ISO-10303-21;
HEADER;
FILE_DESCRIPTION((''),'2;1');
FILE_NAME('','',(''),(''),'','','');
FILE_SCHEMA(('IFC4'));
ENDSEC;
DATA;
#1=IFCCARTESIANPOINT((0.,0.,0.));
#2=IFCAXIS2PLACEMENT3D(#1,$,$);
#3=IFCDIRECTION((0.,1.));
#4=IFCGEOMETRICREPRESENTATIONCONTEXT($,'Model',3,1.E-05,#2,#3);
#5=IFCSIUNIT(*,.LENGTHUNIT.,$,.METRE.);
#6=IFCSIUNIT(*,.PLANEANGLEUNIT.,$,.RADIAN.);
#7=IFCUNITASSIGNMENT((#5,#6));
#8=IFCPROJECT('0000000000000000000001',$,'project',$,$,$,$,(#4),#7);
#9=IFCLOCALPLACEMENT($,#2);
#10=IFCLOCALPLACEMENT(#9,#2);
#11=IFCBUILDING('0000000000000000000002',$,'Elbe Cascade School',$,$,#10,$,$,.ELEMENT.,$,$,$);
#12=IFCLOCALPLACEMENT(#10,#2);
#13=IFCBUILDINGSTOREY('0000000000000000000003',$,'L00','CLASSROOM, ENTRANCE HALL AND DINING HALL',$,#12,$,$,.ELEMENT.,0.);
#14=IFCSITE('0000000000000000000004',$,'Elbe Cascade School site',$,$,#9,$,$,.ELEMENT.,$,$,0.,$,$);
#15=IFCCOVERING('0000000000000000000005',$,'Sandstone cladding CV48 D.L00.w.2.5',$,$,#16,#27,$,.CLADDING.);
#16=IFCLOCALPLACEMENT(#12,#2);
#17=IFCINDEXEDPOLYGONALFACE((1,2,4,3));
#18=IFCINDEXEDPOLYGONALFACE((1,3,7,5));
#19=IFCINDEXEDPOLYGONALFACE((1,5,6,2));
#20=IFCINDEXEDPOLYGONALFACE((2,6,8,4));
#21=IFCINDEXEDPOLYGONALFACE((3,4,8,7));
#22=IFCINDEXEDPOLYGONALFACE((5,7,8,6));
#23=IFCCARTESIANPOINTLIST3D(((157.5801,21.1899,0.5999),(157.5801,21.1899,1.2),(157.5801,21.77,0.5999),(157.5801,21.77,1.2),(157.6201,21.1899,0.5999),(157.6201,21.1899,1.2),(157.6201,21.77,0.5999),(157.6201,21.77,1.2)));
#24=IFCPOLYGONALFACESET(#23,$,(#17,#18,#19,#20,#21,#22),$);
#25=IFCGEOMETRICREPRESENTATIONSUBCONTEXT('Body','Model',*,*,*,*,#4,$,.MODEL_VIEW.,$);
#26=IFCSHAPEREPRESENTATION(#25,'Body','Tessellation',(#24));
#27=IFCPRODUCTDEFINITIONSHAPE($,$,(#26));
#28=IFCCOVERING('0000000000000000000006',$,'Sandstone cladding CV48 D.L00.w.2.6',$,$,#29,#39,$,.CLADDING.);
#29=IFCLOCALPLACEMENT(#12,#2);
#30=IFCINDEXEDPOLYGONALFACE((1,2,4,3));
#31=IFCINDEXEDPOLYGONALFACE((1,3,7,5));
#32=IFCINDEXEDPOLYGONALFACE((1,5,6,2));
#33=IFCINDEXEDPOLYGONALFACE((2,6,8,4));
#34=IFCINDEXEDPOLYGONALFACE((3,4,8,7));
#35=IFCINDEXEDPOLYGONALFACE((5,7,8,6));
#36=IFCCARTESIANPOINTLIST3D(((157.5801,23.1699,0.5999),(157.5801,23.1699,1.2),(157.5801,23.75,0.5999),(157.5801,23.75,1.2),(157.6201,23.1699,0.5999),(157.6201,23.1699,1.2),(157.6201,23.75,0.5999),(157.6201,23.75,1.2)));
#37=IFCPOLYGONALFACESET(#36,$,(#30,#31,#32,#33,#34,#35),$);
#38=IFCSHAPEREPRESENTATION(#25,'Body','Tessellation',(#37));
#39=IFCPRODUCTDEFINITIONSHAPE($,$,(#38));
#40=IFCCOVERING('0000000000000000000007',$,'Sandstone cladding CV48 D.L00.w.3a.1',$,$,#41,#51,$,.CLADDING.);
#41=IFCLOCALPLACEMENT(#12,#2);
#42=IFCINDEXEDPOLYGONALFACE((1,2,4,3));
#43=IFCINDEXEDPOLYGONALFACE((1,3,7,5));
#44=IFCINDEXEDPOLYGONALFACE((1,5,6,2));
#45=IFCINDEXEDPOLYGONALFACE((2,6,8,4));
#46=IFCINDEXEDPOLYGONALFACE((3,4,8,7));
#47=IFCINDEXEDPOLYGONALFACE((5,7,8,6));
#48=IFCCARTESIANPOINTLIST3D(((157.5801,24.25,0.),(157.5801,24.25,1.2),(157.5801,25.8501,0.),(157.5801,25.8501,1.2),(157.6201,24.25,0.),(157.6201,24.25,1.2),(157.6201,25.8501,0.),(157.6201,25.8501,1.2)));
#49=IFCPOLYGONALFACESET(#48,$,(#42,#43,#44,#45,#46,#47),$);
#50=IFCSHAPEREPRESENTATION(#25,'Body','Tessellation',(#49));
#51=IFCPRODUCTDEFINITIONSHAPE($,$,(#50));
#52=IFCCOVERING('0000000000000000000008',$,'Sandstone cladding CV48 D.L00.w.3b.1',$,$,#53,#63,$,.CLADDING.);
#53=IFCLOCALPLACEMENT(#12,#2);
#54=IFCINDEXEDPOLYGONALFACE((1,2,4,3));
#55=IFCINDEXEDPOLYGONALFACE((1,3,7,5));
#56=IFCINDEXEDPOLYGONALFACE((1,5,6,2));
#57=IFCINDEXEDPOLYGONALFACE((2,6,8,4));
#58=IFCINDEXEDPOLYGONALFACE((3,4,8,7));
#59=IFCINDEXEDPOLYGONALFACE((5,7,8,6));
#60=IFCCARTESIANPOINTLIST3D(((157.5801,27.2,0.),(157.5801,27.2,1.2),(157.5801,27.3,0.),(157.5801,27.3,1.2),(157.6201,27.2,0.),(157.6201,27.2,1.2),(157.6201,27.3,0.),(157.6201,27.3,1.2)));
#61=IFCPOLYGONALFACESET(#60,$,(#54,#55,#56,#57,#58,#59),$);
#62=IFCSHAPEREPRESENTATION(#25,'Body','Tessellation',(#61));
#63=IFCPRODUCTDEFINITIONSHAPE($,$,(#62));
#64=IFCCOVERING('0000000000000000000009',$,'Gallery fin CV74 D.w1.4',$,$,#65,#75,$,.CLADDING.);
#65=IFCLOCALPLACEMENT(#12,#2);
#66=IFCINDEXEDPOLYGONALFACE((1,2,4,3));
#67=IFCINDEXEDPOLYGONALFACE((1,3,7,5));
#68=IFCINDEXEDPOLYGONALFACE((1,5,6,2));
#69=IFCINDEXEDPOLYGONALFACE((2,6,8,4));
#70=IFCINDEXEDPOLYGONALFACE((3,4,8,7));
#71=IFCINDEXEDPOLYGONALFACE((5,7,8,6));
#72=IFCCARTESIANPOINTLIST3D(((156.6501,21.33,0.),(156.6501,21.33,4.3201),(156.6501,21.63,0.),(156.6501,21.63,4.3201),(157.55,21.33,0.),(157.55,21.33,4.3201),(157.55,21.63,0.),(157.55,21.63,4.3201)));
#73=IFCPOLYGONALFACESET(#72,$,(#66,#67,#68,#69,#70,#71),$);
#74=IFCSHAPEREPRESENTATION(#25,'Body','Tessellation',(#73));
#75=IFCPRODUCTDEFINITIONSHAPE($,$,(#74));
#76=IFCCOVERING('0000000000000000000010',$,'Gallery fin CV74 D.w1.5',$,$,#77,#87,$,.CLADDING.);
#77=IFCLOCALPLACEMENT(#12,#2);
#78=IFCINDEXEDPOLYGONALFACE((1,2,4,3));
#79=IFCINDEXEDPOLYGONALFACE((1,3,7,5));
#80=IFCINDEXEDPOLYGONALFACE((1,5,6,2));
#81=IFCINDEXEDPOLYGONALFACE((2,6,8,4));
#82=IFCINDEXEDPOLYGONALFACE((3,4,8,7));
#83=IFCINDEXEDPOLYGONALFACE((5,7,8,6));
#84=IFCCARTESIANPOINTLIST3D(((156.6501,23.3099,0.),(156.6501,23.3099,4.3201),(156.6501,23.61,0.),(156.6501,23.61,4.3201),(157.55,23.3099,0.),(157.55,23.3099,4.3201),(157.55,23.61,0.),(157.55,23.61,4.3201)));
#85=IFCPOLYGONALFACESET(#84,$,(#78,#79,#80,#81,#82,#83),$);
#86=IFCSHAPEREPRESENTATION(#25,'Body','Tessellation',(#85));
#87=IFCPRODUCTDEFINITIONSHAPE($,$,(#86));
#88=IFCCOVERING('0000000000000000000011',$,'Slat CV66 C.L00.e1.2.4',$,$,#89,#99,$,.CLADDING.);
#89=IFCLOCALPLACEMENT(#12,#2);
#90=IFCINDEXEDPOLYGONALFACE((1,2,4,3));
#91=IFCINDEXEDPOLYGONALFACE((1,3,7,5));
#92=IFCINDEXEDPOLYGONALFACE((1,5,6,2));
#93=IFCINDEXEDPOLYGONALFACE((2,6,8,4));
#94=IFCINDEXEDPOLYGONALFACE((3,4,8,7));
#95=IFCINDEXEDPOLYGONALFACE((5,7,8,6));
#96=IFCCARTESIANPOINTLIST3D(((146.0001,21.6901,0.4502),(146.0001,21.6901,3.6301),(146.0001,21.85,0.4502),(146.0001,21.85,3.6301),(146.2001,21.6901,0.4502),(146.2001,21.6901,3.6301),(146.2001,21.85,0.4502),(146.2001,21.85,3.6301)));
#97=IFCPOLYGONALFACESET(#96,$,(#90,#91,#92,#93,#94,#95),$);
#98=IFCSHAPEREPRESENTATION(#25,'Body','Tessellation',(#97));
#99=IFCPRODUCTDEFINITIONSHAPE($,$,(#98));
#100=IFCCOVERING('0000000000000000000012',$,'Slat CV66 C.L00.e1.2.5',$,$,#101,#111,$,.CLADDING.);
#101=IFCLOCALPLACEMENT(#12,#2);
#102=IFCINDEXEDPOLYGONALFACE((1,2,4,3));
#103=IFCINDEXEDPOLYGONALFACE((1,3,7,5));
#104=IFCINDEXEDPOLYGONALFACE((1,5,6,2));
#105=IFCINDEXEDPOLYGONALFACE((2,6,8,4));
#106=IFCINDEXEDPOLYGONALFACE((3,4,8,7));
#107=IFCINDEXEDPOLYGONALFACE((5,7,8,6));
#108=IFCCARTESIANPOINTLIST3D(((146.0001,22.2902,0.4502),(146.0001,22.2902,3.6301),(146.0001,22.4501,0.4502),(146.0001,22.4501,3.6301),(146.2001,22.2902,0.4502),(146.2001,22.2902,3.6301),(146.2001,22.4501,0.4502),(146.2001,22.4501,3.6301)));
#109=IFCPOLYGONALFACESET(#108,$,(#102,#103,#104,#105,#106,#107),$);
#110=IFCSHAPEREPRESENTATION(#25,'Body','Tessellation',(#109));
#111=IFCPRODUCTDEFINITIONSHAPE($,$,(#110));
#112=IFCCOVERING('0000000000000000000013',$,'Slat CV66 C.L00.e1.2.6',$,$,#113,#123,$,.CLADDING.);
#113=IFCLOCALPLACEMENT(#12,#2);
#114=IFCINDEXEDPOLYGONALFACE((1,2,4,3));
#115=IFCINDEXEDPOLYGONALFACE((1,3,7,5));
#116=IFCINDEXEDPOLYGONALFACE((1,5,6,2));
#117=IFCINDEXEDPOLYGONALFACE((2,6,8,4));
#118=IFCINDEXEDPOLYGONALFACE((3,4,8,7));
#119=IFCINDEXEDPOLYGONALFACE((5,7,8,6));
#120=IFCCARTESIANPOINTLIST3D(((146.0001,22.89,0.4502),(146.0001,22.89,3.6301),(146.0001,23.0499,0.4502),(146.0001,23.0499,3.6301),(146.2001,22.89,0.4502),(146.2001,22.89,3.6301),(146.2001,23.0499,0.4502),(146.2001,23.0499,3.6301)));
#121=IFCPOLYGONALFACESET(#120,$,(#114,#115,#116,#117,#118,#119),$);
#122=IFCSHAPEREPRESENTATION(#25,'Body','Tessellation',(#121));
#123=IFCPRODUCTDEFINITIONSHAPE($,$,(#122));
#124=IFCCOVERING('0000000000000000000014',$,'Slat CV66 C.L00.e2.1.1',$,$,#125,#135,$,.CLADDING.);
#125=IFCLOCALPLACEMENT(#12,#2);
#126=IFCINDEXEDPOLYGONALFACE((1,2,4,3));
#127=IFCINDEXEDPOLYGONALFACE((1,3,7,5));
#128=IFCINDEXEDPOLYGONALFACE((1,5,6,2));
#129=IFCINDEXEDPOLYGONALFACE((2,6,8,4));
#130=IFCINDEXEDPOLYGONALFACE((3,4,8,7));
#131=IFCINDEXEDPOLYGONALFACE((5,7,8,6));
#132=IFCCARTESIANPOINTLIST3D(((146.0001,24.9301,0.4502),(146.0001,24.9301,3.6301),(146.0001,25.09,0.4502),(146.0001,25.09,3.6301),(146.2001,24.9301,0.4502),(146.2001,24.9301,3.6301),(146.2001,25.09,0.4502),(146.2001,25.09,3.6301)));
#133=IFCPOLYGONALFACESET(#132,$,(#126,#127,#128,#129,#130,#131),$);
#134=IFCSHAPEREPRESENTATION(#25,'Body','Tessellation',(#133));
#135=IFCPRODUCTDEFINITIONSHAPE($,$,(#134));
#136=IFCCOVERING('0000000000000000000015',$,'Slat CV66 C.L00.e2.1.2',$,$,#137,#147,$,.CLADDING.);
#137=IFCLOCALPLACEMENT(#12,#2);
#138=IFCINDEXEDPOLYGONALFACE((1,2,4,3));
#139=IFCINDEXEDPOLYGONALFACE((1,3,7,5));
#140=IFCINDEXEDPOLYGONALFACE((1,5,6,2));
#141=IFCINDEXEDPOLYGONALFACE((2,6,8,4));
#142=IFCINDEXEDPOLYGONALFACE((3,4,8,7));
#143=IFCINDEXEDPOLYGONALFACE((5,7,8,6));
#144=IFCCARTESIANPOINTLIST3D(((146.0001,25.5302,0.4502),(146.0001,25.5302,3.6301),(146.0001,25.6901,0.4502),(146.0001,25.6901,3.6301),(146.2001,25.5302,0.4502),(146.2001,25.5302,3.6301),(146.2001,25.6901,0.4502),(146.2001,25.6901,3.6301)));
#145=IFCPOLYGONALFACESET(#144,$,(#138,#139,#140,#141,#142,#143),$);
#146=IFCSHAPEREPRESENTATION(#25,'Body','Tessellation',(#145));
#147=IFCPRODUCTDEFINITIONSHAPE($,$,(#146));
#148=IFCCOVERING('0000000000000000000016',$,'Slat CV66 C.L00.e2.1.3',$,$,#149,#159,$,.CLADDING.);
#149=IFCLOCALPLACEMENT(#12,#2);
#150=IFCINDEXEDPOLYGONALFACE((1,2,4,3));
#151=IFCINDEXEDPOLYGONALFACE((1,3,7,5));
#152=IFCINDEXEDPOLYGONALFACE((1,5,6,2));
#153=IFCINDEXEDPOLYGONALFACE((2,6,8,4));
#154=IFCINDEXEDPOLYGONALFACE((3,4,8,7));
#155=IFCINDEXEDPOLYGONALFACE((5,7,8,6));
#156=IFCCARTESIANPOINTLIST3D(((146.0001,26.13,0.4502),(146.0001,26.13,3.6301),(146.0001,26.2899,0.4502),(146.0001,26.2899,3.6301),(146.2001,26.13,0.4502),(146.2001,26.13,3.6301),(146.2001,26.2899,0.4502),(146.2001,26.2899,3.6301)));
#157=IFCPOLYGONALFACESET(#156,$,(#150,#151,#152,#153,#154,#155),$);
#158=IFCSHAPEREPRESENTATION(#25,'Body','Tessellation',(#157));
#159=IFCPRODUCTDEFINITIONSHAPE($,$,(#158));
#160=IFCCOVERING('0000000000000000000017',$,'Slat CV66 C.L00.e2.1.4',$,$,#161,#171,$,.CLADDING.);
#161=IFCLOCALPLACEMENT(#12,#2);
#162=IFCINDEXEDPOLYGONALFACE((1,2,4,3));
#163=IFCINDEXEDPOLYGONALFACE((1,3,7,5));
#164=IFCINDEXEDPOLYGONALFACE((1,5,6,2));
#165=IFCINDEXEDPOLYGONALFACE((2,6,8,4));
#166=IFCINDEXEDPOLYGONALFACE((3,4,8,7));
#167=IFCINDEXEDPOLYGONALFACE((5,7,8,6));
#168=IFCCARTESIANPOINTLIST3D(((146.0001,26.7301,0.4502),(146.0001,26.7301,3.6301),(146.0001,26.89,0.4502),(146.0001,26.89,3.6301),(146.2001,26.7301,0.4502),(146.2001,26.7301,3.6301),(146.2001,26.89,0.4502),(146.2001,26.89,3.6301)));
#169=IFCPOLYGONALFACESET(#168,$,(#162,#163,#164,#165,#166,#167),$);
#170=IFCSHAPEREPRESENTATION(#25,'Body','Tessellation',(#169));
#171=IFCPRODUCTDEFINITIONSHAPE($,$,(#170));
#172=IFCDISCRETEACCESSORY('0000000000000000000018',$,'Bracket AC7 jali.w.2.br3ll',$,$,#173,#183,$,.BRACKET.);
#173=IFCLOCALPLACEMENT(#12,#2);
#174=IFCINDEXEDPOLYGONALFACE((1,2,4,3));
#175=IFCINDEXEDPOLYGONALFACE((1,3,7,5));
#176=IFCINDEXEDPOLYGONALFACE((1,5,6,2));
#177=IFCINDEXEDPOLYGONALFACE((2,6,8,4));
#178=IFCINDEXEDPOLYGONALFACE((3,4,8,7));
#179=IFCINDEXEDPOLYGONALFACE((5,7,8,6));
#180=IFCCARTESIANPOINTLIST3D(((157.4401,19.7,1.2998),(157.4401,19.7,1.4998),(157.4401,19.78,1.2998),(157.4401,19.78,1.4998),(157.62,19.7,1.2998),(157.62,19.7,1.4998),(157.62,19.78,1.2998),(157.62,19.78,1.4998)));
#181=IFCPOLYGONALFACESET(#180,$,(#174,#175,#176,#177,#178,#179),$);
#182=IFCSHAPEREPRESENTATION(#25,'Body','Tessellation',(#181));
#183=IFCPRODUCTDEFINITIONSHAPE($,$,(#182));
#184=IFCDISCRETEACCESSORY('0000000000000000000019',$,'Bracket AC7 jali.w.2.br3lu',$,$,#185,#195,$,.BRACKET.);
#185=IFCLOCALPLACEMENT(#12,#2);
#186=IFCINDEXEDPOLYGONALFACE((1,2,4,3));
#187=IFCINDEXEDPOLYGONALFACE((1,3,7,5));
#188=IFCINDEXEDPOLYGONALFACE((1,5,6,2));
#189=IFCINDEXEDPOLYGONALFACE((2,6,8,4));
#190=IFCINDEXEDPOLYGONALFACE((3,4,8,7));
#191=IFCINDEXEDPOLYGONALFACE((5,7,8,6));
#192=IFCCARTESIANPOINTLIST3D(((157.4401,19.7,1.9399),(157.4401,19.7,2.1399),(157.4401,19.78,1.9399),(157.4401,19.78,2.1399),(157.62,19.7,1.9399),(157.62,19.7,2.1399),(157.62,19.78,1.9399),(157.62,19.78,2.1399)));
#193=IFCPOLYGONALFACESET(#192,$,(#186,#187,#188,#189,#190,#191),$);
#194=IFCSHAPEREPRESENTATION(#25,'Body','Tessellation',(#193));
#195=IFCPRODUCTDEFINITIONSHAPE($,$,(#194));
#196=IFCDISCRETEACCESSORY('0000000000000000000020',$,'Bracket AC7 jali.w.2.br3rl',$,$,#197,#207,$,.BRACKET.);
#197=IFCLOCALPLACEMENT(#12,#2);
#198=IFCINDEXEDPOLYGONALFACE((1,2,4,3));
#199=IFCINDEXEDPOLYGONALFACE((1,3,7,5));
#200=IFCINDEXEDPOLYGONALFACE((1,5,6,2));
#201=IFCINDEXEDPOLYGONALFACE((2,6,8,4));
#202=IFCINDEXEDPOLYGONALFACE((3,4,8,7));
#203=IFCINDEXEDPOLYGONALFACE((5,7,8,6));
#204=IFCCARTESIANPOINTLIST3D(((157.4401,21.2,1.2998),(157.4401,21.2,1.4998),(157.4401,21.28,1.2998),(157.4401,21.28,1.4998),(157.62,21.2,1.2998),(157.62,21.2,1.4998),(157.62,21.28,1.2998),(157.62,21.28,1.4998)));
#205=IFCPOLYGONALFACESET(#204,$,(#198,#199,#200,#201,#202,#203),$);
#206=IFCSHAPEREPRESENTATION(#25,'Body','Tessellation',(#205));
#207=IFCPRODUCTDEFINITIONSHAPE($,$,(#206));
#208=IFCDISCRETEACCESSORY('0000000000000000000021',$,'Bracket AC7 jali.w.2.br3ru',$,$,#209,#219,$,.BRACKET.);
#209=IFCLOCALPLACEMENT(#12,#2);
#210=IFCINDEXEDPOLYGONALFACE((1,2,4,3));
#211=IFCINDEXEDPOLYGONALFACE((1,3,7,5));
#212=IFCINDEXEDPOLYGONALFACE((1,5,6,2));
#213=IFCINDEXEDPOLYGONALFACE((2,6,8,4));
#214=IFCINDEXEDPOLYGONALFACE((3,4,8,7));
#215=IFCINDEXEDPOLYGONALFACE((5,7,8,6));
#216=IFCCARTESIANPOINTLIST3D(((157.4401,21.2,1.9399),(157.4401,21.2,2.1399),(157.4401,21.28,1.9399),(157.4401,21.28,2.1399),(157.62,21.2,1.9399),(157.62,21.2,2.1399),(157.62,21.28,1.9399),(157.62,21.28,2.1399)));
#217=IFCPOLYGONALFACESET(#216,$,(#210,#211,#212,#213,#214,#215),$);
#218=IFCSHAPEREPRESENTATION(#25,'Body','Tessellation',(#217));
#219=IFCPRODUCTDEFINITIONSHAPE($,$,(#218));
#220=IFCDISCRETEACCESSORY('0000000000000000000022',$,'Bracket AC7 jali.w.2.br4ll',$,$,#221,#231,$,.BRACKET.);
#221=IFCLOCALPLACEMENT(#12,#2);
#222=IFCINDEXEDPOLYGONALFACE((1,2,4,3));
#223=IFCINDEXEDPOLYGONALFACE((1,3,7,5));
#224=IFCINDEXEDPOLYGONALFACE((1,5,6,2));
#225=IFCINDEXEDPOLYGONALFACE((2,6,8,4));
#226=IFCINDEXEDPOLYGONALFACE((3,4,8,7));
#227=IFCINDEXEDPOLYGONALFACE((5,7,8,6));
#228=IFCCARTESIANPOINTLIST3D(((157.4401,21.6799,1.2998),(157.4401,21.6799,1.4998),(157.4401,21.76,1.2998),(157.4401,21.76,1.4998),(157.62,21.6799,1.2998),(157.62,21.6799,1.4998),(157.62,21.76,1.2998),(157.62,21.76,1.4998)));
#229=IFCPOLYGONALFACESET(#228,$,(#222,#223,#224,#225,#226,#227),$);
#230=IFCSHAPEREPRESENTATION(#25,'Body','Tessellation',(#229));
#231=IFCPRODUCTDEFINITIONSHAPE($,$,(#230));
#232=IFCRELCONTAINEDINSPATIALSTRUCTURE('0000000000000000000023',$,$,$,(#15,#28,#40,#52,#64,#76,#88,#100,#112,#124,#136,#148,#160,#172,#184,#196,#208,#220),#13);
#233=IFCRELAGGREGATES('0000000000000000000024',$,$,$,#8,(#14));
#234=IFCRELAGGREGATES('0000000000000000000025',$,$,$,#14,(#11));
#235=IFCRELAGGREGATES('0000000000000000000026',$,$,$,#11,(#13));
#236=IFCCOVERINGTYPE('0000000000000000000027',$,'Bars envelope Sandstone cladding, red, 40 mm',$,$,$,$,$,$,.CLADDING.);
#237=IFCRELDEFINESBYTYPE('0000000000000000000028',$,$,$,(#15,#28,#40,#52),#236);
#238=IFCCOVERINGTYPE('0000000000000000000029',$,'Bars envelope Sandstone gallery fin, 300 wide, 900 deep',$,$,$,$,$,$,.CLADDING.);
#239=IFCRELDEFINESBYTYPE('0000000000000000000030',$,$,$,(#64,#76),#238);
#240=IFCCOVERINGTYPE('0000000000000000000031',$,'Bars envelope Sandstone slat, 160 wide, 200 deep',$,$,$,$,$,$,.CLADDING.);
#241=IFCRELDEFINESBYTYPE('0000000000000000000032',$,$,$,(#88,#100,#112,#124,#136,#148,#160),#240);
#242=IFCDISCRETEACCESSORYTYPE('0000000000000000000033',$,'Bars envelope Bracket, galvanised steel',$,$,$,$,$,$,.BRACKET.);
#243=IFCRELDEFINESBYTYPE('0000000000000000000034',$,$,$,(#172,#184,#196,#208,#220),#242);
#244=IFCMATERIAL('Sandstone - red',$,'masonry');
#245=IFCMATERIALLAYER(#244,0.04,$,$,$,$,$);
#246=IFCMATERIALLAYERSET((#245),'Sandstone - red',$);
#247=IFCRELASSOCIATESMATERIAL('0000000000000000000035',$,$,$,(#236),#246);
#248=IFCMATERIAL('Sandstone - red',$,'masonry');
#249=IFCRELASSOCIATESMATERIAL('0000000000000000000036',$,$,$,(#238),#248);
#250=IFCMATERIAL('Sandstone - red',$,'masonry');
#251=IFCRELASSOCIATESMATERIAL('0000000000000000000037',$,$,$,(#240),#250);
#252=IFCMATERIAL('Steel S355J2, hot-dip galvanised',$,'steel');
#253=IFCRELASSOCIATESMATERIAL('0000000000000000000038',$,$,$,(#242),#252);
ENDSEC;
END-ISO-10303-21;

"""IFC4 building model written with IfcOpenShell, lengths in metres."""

from ifc_helpers import new_model, si_unit, direction, frame, origin, origin_2d, place, context, subcontext, project, spatial, rectangle, extrude, material, layer, layer_set, type_object, element, save


model = new_model("IFC4")

# Units and contexts
model_context = context("Model", 3, precision=1e-05, world=origin(), true_north=direction((0.0, 1.0)))
body_context = subcontext(model_context, "Body", "Model", "MODEL_VIEW")
ifc_project = project(units=[si_unit("LENGTHUNIT", "METRE"), si_unit("PLANEANGLEUNIT", "RADIAN")], contexts=[model_context])

# Site, building, storey
site_placement = place(None, origin())
site = spatial("IfcSite", under=ifc_project, at=site_placement, Name="Elbe Cascade School site", CompositionType="ELEMENT", RefElevation=0.0)
building_placement = place(site_placement, origin())
building = spatial("IfcBuilding", under=site, at=building_placement, Name="Elbe Cascade School", CompositionType="ELEMENT")
storey_placement = place(building_placement, origin())
storey = spatial("IfcBuildingStorey", under=building, at=storey_placement, Name="L00", Description="CLASSROOM, ENTRANCE HALL AND DINING HALL", CompositionType="ELEMENT", Elevation=0.0)

# Coverings
ifc_material_1 = material(Name="Sandstone - red", Category="masonry")
ifc_layer_1 = layer(ifc_material_1, 0.04)
ifc_layer_set_1 = layer_set([ifc_layer_1], Name="Sandstone - red")
covering_type_1 = type_object("IfcCoveringType", Name="Bars envelope Sandstone cladding, red, 40 mm", PredefinedType="CLADDING", material=ifc_layer_set_1)
for number, where, z_axis, x_axis, name in (
    (1, (157.6001, 21.48, 0.5999), (0.0, 0.0, 1.0), (0.0, 1.0, 0.0), "Sandstone cladding CV48 D.L00.w.2.5"),
    (2, (157.6001, 23.46, 0.5999), (0.0, 0.0, 1.0), (0.0, 1.0, 0.0), "Sandstone cladding CV48 D.L00.w.2.6"),
):
    element("IfcCovering", number, at=place(storey_placement, frame(where, z_axis=z_axis, x_axis=x_axis)), inside=storey, type_object=covering_type_1, Name=name, PredefinedType="CLADDING", context=body_context, shape_type="SweptSolid", body=[
        extrude(rectangle(XDim=0.5801, YDim=0.04, at=origin_2d()), origin(), (0.0, 0.0, 1.0), 0.6001),
    ])
covering_1_placement = place(storey_placement, frame((157.6001, 25.05, 0.0), z_axis=(0.0, 0.0, 1.0), x_axis=(0.0, 1.0, 0.0)))
element("IfcCovering", 3, at=covering_1_placement, inside=storey, type_object=covering_type_1, Name="Sandstone cladding CV48 D.L00.w.3a.1", PredefinedType="CLADDING", context=body_context, shape_type="SweptSolid", body=[
    extrude(rectangle(XDim=1.6001, YDim=0.04, at=origin_2d()), origin(), (0.0, 0.0, 1.0), 1.2),
])
covering_2_placement = place(storey_placement, frame((157.6001, 27.25, 0.0), z_axis=(0.0, 0.0, 1.0), x_axis=(0.0, 1.0, 0.0)))
element("IfcCovering", 4, at=covering_2_placement, inside=storey, type_object=covering_type_1, Name="Sandstone cladding CV48 D.L00.w.3b.1", PredefinedType="CLADDING", context=body_context, shape_type="SweptSolid", body=[
    extrude(rectangle(XDim=0.1001, YDim=0.04, at=origin_2d()), origin(), (0.0, 0.0, 1.0), 1.2),
])
ifc_material_2 = material(Name="Sandstone - red", Category="masonry")
covering_type_2 = type_object("IfcCoveringType", Name="Bars envelope Sandstone gallery fin, 300 wide, 900 deep", PredefinedType="CLADDING", material=ifc_material_2)
for number, where, z_axis, x_axis, name in (
    (5, (157.1001, 21.48, 0.0), (0.0, 0.0, 1.0), (0.0, 1.0, 0.0), "Gallery fin CV74 D.w1.4"),
    (6, (157.1001, 23.46, 0.0), (0.0, 0.0, 1.0), (0.0, 1.0, 0.0), "Gallery fin CV74 D.w1.5"),
):
    element("IfcCovering", number, at=place(storey_placement, frame(where, z_axis=z_axis, x_axis=x_axis)), inside=storey, type_object=covering_type_2, Name=name, PredefinedType="CLADDING", context=body_context, shape_type="SweptSolid", body=[
        extrude(rectangle(XDim=0.3, YDim=0.8999, at=origin_2d()), origin(), (0.0, 0.0, 1.0), 4.3201),
    ])
ifc_material_3 = material(Name="Sandstone - red", Category="masonry")
covering_type_3 = type_object("IfcCoveringType", Name="Bars envelope Sandstone slat, 160 wide, 200 deep", PredefinedType="CLADDING", material=ifc_material_3)
for number, where, z_axis, x_axis, name in (
    (7, (146.1001, 21.77, 0.4502), (0.0, 0.0, 1.0), (0.0, 1.0, 0.0), "Slat CV66 C.L00.e1.2.4"),
    (8, (146.1001, 22.3701, 0.4502), (0.0, 0.0, 1.0), (0.0, 1.0, 0.0), "Slat CV66 C.L00.e1.2.5"),
    (9, (146.1001, 22.97, 0.4502), (0.0, 0.0, 1.0), (0.0, 1.0, 0.0), "Slat CV66 C.L00.e1.2.6"),
    (10, (146.1001, 25.01, 0.4502), (0.0, 0.0, 1.0), (0.0, 1.0, 0.0), "Slat CV66 C.L00.e2.1.1"),
    (11, (146.1001, 25.6101, 0.4502), (0.0, 0.0, 1.0), (0.0, 1.0, 0.0), "Slat CV66 C.L00.e2.1.2"),
    (12, (146.1001, 26.21, 0.4502), (0.0, 0.0, 1.0), (0.0, 1.0, 0.0), "Slat CV66 C.L00.e2.1.3"),
    (13, (146.1001, 26.8101, 0.4502), (0.0, 0.0, 1.0), (0.0, 1.0, 0.0), "Slat CV66 C.L00.e2.1.4"),
):
    element("IfcCovering", number, at=place(storey_placement, frame(where, z_axis=z_axis, x_axis=x_axis)), inside=storey, type_object=covering_type_3, Name=name, PredefinedType="CLADDING", context=body_context, shape_type="SweptSolid", body=[
        extrude(rectangle(XDim=0.1599, YDim=0.2, at=origin_2d()), origin(), (0.0, 0.0, 1.0), 3.1799),
    ])

# Discrete accessories
ifc_material_4 = material(Name="Steel S355J2, hot-dip galvanised", Category="steel")
discrete_accessory_type = type_object("IfcDiscreteAccessoryType", Name="Bars envelope Bracket, galvanised steel", PredefinedType="BRACKET", material=ifc_material_4)
for number, where, z_axis, x_axis, name in (
    (14, (157.53, 19.74, 1.2998), (0.0, 0.0, 1.0), (0.0, 1.0, 0.0), "Bracket AC7 jali.w.2.br3ll"),
    (15, (157.53, 19.74, 1.9399), (0.0, 0.0, 1.0), (0.0, 1.0, 0.0), "Bracket AC7 jali.w.2.br3lu"),
    (16, (157.53, 21.24, 1.2998), (0.0, 0.0, 1.0), (0.0, 1.0, 0.0), "Bracket AC7 jali.w.2.br3rl"),
    (17, (157.53, 21.24, 1.9399), (0.0, 0.0, 1.0), (0.0, 1.0, 0.0), "Bracket AC7 jali.w.2.br3ru"),
    (18, (157.53, 21.72, 1.2998), (0.0, 0.0, 1.0), (0.0, 1.0, 0.0), "Bracket AC7 jali.w.2.br4ll"),
):
    element("IfcDiscreteAccessory", number, at=place(storey_placement, frame(where, z_axis=z_axis, x_axis=x_axis)), inside=storey, type_object=discrete_accessory_type, Name=name, PredefinedType="BRACKET", context=body_context, shape_type="SweptSolid", body=[
        extrude(rectangle(XDim=0.0801, YDim=0.1799, at=origin_2d()), origin(), (0.0, 0.0, 1.0), 0.2),
    ])

save(model, "model.ifc")
